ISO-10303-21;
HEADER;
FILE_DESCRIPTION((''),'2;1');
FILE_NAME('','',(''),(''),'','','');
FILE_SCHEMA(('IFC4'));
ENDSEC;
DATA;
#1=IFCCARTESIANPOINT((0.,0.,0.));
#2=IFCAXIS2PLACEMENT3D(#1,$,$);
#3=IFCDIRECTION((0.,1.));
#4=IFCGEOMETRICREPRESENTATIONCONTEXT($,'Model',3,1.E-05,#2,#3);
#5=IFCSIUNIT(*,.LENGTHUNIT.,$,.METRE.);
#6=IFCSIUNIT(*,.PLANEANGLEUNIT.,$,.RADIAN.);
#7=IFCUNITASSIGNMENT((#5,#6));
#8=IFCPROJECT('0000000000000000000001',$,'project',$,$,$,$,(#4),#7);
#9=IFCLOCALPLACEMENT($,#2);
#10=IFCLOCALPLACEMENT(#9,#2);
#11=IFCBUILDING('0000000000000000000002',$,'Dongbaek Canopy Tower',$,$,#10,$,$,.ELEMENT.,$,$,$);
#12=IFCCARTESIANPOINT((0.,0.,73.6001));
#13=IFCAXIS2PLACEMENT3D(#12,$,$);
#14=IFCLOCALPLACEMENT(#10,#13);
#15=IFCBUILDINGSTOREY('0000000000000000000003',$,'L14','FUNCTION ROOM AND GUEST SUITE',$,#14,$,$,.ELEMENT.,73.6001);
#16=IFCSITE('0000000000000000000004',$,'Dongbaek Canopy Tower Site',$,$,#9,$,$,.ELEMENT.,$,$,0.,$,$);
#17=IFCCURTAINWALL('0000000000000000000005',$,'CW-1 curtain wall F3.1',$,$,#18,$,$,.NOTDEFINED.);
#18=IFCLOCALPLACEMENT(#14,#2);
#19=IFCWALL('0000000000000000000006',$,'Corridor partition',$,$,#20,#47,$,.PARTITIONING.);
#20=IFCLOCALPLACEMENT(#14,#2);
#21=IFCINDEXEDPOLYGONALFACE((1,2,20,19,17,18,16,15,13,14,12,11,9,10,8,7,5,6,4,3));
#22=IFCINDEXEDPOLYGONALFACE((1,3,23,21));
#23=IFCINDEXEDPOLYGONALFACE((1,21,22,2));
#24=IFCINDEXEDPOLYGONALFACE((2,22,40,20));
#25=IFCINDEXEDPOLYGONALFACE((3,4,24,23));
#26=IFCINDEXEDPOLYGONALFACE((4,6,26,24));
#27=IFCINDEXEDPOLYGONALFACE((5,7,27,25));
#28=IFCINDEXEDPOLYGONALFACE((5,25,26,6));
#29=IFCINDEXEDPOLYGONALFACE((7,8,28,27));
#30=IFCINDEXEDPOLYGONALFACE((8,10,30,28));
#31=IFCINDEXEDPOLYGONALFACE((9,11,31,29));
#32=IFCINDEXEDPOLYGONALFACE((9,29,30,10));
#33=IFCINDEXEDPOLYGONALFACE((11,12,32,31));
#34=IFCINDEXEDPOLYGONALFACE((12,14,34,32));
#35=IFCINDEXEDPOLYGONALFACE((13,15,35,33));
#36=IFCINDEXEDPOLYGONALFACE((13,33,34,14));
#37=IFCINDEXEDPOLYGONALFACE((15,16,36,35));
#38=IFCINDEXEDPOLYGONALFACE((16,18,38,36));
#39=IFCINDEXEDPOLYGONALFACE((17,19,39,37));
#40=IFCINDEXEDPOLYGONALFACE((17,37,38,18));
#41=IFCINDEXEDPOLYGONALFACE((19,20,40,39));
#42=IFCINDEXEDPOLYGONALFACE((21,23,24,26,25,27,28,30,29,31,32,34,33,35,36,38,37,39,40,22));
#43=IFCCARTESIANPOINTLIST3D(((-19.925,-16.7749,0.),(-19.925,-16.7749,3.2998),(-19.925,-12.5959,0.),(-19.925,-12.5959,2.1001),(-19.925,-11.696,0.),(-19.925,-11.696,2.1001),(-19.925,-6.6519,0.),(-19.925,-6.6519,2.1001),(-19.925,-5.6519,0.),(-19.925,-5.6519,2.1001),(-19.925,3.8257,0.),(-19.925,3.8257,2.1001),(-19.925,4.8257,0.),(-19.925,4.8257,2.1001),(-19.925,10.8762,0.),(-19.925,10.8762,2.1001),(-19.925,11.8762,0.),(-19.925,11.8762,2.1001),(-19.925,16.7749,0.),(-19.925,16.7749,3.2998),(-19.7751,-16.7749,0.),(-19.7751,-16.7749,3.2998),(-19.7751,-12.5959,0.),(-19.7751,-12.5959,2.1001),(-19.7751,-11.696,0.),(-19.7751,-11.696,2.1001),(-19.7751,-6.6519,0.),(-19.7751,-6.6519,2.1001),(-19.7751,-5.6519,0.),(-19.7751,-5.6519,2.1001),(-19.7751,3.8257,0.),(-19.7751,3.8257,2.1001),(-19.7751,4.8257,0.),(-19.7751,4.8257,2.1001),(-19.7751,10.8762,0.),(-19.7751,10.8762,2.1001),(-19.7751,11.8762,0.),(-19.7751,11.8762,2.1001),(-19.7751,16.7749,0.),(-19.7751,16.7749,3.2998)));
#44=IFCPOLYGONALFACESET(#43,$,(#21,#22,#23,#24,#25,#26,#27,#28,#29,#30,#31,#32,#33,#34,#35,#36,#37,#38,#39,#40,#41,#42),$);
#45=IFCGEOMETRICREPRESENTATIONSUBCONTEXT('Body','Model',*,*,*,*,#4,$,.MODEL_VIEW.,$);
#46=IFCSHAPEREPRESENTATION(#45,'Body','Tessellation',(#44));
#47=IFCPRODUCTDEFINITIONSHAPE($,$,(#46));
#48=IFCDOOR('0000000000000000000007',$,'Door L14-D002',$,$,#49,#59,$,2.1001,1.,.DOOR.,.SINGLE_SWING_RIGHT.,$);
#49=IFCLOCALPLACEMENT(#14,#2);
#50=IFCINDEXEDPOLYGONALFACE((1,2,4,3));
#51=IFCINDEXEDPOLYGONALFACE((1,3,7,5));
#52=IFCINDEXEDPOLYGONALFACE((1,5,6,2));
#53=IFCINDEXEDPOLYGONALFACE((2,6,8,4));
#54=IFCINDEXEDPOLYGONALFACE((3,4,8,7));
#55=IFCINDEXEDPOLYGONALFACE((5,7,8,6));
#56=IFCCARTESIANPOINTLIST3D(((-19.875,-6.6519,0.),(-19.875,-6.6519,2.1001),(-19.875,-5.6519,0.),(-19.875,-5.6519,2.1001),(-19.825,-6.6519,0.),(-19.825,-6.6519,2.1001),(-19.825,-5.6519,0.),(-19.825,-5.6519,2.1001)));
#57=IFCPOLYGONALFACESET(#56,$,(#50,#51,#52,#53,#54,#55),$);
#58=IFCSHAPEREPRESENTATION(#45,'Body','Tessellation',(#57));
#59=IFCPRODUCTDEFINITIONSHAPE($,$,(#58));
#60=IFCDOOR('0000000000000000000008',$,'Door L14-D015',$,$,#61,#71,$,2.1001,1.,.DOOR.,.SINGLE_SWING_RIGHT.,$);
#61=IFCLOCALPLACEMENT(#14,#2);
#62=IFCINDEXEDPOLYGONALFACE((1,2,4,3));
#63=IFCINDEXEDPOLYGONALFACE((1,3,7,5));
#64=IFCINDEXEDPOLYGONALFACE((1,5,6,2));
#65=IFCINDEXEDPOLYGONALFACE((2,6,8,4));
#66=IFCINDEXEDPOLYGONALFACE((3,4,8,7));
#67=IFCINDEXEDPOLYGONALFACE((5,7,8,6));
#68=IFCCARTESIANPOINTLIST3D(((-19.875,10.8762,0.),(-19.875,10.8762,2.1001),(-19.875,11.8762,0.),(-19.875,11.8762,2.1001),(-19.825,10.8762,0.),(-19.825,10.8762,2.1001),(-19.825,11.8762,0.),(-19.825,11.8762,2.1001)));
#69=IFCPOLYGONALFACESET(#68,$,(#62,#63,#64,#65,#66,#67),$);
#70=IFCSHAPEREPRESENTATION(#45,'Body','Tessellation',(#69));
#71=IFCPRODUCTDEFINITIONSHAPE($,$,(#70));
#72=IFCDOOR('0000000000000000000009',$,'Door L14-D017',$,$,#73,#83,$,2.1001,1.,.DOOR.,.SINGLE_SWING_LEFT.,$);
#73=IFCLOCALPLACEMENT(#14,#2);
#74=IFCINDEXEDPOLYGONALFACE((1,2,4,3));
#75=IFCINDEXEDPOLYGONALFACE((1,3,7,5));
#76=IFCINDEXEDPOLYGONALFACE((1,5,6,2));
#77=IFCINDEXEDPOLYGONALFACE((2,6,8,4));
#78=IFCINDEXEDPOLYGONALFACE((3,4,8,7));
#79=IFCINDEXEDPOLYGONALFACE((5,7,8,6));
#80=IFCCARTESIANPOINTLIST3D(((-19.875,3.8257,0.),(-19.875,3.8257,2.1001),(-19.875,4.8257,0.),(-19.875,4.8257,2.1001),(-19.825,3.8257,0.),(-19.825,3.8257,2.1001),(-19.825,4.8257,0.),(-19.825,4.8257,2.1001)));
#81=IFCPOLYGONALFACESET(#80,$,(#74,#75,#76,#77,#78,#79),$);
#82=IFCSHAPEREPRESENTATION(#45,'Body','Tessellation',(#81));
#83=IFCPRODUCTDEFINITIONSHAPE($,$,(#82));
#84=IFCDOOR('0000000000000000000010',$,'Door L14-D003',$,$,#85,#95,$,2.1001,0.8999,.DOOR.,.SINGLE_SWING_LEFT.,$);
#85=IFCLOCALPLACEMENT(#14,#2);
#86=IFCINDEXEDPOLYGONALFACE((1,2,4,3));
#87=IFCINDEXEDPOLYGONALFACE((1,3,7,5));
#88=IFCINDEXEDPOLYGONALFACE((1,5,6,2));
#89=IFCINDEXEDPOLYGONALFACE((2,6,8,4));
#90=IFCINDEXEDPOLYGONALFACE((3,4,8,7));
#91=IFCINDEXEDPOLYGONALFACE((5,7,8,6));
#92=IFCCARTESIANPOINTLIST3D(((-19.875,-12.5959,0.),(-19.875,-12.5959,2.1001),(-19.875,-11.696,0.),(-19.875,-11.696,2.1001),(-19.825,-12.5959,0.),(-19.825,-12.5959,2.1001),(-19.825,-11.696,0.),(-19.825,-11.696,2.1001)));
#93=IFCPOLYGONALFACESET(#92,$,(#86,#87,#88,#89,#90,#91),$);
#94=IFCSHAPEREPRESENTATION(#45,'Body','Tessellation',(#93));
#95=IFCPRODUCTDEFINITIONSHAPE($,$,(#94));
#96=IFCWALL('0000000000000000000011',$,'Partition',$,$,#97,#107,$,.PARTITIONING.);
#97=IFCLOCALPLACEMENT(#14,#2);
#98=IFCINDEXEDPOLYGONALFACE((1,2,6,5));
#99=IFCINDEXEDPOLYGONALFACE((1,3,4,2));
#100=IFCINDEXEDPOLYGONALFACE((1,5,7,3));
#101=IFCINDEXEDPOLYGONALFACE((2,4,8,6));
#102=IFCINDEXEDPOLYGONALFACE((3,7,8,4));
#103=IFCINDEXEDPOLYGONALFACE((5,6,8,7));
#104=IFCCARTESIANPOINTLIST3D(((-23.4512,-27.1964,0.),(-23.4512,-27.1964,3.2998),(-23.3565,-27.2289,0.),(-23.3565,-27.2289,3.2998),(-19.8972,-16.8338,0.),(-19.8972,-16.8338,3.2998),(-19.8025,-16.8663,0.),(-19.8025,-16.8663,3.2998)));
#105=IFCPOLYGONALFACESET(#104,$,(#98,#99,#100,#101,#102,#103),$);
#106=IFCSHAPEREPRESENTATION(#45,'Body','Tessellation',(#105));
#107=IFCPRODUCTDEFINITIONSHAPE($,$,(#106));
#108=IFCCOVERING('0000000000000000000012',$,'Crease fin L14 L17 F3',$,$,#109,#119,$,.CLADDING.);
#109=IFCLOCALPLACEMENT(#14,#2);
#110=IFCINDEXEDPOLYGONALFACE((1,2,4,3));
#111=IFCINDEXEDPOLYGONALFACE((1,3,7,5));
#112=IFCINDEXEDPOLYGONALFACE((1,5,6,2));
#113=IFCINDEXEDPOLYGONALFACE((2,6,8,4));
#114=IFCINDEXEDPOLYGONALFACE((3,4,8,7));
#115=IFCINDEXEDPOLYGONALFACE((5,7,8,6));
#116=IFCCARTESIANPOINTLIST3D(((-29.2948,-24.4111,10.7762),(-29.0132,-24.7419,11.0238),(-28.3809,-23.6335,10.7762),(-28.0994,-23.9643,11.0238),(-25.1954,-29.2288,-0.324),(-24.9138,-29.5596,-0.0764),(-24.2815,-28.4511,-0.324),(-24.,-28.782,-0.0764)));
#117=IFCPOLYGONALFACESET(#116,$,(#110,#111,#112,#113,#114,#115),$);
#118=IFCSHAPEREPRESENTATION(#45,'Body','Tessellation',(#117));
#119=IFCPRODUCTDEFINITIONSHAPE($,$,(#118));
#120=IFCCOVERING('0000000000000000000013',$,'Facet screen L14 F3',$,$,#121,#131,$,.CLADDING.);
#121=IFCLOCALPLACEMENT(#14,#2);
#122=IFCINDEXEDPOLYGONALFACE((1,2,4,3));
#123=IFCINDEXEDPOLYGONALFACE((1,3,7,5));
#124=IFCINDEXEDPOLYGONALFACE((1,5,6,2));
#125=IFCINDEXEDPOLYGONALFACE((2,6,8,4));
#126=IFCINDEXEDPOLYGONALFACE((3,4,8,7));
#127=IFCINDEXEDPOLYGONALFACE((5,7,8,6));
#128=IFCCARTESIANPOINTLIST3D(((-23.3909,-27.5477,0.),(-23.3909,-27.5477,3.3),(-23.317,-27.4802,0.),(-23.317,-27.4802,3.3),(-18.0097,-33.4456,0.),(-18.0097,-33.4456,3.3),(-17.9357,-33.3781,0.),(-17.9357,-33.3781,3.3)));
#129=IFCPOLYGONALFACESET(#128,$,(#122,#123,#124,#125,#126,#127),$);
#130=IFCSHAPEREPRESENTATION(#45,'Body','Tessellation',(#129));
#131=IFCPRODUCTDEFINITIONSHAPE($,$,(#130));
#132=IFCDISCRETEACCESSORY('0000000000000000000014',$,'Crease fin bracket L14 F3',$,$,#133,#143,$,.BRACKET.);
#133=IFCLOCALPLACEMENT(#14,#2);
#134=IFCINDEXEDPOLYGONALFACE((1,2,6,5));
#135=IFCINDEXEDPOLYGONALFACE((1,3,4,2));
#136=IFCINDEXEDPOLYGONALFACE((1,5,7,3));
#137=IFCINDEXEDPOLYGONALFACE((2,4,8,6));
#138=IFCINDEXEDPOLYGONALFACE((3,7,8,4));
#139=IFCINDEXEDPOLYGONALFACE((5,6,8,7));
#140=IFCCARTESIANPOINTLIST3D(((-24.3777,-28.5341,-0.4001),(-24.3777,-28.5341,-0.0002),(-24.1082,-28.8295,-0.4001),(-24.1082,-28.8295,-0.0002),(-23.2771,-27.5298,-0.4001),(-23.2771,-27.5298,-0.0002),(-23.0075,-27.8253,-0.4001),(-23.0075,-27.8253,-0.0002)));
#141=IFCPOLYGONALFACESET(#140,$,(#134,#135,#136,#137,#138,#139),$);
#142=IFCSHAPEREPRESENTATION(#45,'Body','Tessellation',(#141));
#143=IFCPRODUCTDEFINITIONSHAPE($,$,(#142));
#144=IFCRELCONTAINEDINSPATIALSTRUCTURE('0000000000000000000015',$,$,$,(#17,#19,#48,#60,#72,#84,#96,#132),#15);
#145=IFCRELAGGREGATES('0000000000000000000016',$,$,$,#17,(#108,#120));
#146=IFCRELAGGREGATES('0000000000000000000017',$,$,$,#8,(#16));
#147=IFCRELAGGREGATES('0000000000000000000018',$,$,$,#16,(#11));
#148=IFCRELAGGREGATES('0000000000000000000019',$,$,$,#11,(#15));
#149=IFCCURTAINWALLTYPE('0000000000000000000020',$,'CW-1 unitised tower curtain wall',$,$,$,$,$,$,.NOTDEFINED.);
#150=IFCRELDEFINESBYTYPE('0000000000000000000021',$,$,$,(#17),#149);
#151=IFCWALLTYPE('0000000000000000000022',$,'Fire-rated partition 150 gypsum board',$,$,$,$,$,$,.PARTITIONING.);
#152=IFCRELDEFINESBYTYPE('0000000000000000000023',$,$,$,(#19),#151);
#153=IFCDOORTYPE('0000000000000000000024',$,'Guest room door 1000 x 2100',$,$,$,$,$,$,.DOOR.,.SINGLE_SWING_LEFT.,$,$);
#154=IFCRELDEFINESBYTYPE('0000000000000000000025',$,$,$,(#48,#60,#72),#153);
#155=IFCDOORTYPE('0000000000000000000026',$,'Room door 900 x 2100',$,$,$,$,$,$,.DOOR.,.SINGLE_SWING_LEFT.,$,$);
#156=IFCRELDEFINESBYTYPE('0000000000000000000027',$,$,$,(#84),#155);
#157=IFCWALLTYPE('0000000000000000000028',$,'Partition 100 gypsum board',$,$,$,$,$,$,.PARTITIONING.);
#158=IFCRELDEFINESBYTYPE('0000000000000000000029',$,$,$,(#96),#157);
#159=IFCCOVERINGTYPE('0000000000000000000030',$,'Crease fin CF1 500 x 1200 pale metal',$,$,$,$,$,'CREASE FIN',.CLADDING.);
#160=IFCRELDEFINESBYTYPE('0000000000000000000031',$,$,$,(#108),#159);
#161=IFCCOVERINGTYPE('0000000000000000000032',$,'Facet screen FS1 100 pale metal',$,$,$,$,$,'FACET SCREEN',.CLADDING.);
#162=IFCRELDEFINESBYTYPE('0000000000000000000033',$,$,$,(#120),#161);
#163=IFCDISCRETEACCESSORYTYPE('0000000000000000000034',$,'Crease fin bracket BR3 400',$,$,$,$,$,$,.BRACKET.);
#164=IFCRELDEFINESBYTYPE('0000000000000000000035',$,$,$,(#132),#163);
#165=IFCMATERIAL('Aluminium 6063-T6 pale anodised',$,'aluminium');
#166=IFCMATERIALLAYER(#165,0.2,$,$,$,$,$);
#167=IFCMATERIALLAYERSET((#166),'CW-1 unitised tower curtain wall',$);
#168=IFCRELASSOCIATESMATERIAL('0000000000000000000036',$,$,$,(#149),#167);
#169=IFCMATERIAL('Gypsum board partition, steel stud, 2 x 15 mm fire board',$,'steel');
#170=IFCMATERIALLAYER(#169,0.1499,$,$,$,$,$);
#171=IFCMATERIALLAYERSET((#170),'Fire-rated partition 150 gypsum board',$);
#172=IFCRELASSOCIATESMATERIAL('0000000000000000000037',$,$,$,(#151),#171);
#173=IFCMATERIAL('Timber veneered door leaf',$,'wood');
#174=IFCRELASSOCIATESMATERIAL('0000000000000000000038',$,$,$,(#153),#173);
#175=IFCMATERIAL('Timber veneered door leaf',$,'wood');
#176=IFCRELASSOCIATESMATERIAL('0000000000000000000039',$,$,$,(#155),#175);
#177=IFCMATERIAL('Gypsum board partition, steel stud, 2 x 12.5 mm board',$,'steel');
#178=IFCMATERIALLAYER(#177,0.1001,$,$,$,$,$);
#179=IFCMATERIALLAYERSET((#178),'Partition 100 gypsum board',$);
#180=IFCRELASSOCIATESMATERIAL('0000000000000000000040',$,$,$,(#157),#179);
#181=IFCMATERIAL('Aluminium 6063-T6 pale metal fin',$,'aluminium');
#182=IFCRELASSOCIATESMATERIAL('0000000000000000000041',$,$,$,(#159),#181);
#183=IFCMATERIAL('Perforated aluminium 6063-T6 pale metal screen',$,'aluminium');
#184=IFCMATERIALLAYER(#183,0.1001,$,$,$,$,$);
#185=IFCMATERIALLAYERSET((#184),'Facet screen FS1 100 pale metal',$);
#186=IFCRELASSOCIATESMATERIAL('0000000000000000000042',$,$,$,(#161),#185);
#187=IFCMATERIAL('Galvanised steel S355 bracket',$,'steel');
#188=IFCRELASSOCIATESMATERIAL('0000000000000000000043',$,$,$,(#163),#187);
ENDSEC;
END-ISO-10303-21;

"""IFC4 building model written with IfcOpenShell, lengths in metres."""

from ifc_helpers import new_model, si_unit, direction, frame, frame_2d, origin, origin_2d, place, context, subcontext, project, spatial, rectangle, extrude, material, layer, layer_set, material_profile, profile_set, type_object, element, fill, aggregate, save


model = new_model("IFC4")

# Units and contexts
model_context = context("Model", 3, precision=1e-05, world=origin(), true_north=direction((0.0, 1.0)))
body_context = subcontext(model_context, "Body", "Model", "MODEL_VIEW")
ifc_project = project(units=[si_unit("LENGTHUNIT", "METRE"), si_unit("PLANEANGLEUNIT", "RADIAN")], contexts=[model_context])

# Site, building, storey
site_placement = place(None, origin())
site = spatial("IfcSite", under=ifc_project, at=site_placement, Name="Dongbaek Canopy Tower Site", CompositionType="ELEMENT", RefElevation=0.0)
building_placement = place(site_placement, origin())
building = spatial("IfcBuilding", under=site, at=building_placement, Name="Dongbaek Canopy Tower", CompositionType="ELEMENT")
storey_placement = place(building_placement, frame((0.0, 0.0, 73.6001)))
storey = spatial("IfcBuildingStorey", under=building, at=storey_placement, Name="L14", Description="FUNCTION ROOM AND GUEST SUITE", CompositionType="ELEMENT", Elevation=73.6001)

# Curtain wall
ifc_material_1 = material(Name="Aluminium 6063-T6 pale anodised", Category="aluminium")
ifc_layer_1 = layer(ifc_material_1, 0.2)
ifc_layer_set_1 = layer_set([ifc_layer_1], Name="CW-1 unitised tower curtain wall")
curtain_wall_type = type_object("IfcCurtainWallType", Name="CW-1 unitised tower curtain wall", PredefinedType="NOTDEFINED", material=ifc_layer_set_1)
curtain_wall_placement = place(storey_placement, origin())
curtain_wall = element("IfcCurtainWall", 1, at=curtain_wall_placement, inside=storey, type_object=curtain_wall_type, Name="CW-1 curtain wall F3.1", PredefinedType="NOTDEFINED")

# Wall, openings, doors
ifc_material_2 = material(Name="Gypsum board partition, steel stud, 2 x 15 mm fire board", Category="steel")
ifc_layer_2 = layer(ifc_material_2, 0.1499)
ifc_layer_set_2 = layer_set([ifc_layer_2], Name="Fire-rated partition 150 gypsum board")
wall_type_1 = type_object("IfcWallType", Name="Fire-rated partition 150 gypsum board", PredefinedType="PARTITIONING", material=ifc_layer_set_2)
wall_1_placement = place(storey_placement, frame((-19.8501, -16.7749, 0.0), z_axis=(0.0, 0.0, 1.0), x_axis=(0.0, 1.0, 0.0)))
wall_1 = element("IfcWall", 2, at=wall_1_placement, inside=storey, type_object=wall_type_1, Name="Corridor partition", PredefinedType="PARTITIONING", context=body_context, shape_type="SweptSolid", body=[
    extrude(rectangle(XDim=33.5498, YDim=0.1499, at=frame_2d((16.7749, 0.0))), origin(), (0.0, 0.0, 1.0), 3.2998),
])
opening_1_placement = place(wall_1_placement, frame((10.123, 0.0, 0.0)))
opening_1 = element("IfcOpeningElement", 3, at=opening_1_placement, cuts=wall_1, PredefinedType="OPENING", context=body_context, shape_type="SweptSolid", body=[
    extrude(rectangle(XDim=1.0, YDim=2.1001, at=frame_2d((0.5, 1.05))), frame((0.0, 0.085, 0.0), z_axis=(0.0, -1.0, 0.0), x_axis=(1.0, 0.0, 0.0)), (0.0, 0.0, 1.0), 0.1699),
])
opening_2_placement = place(wall_1_placement, frame((4.179, 0.0, 0.0)))
opening_2 = element("IfcOpeningElement", 4, at=opening_2_placement, cuts=wall_1, PredefinedType="OPENING", context=body_context, shape_type="SweptSolid", body=[
    extrude(rectangle(XDim=0.8999, YDim=2.1001, at=frame_2d((0.45, 1.05))), frame((0.0, 0.085, 0.0), z_axis=(0.0, -1.0, 0.0), x_axis=(1.0, 0.0, 0.0)), (0.0, 0.0, 1.0), 0.1699),
])
opening_3_placement = place(wall_1_placement, frame((27.6511, 0.0, 0.0)))
opening_3 = element("IfcOpeningElement", 5, at=opening_3_placement, cuts=wall_1, PredefinedType="OPENING", context=body_context, shape_type="SweptSolid", body=[
    extrude(rectangle(XDim=1.0, YDim=2.1001, at=frame_2d((0.5, 1.05))), frame((0.0, 0.085, 0.0), z_axis=(0.0, -1.0, 0.0), x_axis=(1.0, 0.0, 0.0)), (0.0, 0.0, 1.0), 0.1699),
])
opening_4_placement = place(wall_1_placement, frame((20.6006, 0.0, 0.0)))
opening_4 = element("IfcOpeningElement", 6, at=opening_4_placement, cuts=wall_1, PredefinedType="OPENING", context=body_context, shape_type="SweptSolid", body=[
    extrude(rectangle(XDim=1.0, YDim=2.1001, at=frame_2d((0.5, 1.05))), frame((0.0, 0.085, 0.0), z_axis=(0.0, -1.0, 0.0), x_axis=(1.0, 0.0, 0.0)), (0.0, 0.0, 1.0), 0.1699),
])
ifc_material_3 = material(Name="Timber veneered door leaf", Category="wood")
door_type_1 = type_object("IfcDoorType", Name="Guest room door 1000 x 2100", OperationType="SINGLE_SWING_LEFT", PredefinedType="DOOR", material=ifc_material_3)
door_1_placement = place(opening_1_placement, origin())
door_1 = element("IfcDoor", 7, at=door_1_placement, inside=storey, type_object=door_type_1, Name="Door L14-D002", OperationType="SINGLE_SWING_RIGHT", OverallHeight=2.1001, OverallWidth=1.0, PredefinedType="DOOR", context=body_context, shape_type="SweptSolid", body=[
    extrude(rectangle(XDim=1.0, YDim=2.1001, at=frame_2d((0.5, 1.05))), frame((0.0, 0.0249, 0.0), z_axis=(0.0, -1.0, 0.0), x_axis=(1.0, 0.0, 0.0)), (0.0, 0.0, 1.0), 0.05),
])
fill(opening_1, door_1)
door_2_placement = place(opening_3_placement, origin())
door_2 = element("IfcDoor", 8, at=door_2_placement, inside=storey, type_object=door_type_1, Name="Door L14-D015", OperationType="SINGLE_SWING_RIGHT", OverallHeight=2.1001, OverallWidth=1.0, PredefinedType="DOOR", context=body_context, shape_type="SweptSolid", body=[
    extrude(rectangle(XDim=1.0, YDim=2.1001, at=frame_2d((0.5, 1.05))), frame((0.0, 0.0249, 0.0), z_axis=(0.0, -1.0, 0.0), x_axis=(1.0, 0.0, 0.0)), (0.0, 0.0, 1.0), 0.05),
])
fill(opening_3, door_2)
door_3_placement = place(opening_4_placement, origin())
door_3 = element("IfcDoor", 9, at=door_3_placement, inside=storey, type_object=door_type_1, Name="Door L14-D017", OperationType="SINGLE_SWING_LEFT", OverallHeight=2.1001, OverallWidth=1.0, PredefinedType="DOOR", context=body_context, shape_type="SweptSolid", body=[
    extrude(rectangle(XDim=1.0, YDim=2.1001, at=frame_2d((0.5, 1.05))), frame((0.0, 0.0249, 0.0), z_axis=(0.0, -1.0, 0.0), x_axis=(1.0, 0.0, 0.0)), (0.0, 0.0, 1.0), 0.05),
])
fill(opening_4, door_3)
ifc_material_4 = material(Name="Timber veneered door leaf", Category="wood")
door_type_2 = type_object("IfcDoorType", Name="Room door 900 x 2100", OperationType="SINGLE_SWING_LEFT", PredefinedType="DOOR", material=ifc_material_4)
door_4_placement = place(opening_2_placement, origin())
door_4 = element("IfcDoor", 10, at=door_4_placement, inside=storey, type_object=door_type_2, Name="Door L14-D003", OperationType="SINGLE_SWING_LEFT", OverallHeight=2.1001, OverallWidth=0.8999, PredefinedType="DOOR", context=body_context, shape_type="SweptSolid", body=[
    extrude(rectangle(XDim=0.8999, YDim=2.1001, at=frame_2d((0.45, 1.05))), frame((0.0, 0.0249, 0.0), z_axis=(0.0, -1.0, 0.0), x_axis=(1.0, 0.0, 0.0)), (0.0, 0.0, 1.0), 0.05),
])
fill(opening_2, door_4)

# Wall
ifc_material_5 = material(Name="Gypsum board partition, steel stud, 2 x 12.5 mm board", Category="steel")
ifc_layer_3 = layer(ifc_material_5, 0.1001)
ifc_layer_set_3 = layer_set([ifc_layer_3], Name="Partition 100 gypsum board")
wall_type_2 = type_object("IfcWallType", Name="Partition 100 gypsum board", PredefinedType="PARTITIONING", material=ifc_layer_set_3)
wall_2_placement = place(storey_placement, frame((-23.4038, -27.2126, 0.0), z_axis=(0.0, 0.0, 1.0), x_axis=(0.324413, 0.945916, 0.0)))
element("IfcWall", 11, at=wall_2_placement, inside=storey, type_object=wall_type_2, Name="Partition", PredefinedType="PARTITIONING", context=body_context, shape_type="SweptSolid", body=[
    extrude(rectangle(XDim=10.9551, YDim=0.1001, at=frame_2d((5.4775, 0.0))), origin(), (0.0, 0.0, 1.0), 3.2998),
])

# Coverings
ifc_material_6 = material(Name="Aluminium 6063-T6 pale metal fin", Category="aluminium")
ifc_material_profile_1 = material_profile(ifc_material_6, rectangle(XDim=1.2, YDim=0.5, at=origin_2d()), Name="Crease fin CF1 500 x 1200 pale metal")
ifc_profile_set_1 = profile_set([ifc_material_profile_1], Name="Aluminium 6063-T6 pale metal fin")
covering_type_1 = type_object("IfcCoveringType", Name="Crease fin CF1 500 x 1200 pale metal", ElementType="CREASE FIN", PredefinedType="CLADDING", material=ifc_profile_set_1)
covering_1_placement = place(storey_placement, frame((-24.5977, -29.0054, -0.2002), z_axis=(-0.320864, 0.377084, 0.868823), x_axis=(-0.761597, -0.648051, 0.0)))
covering_1 = element("IfcCovering", 12, at=covering_1_placement, type_object=covering_type_1, Name="Crease fin L14 L17 F3", PredefinedType="CLADDING", context=body_context, shape_type="SweptSolid", body=[
    extrude(rectangle(XDim=1.2, YDim=0.5, at=origin_2d()), origin(), (0.0, 0.0, 1.0), 12.7761),
])
ifc_material_7 = material(Name="Perforated aluminium 6063-T6 pale metal screen", Category="aluminium")
ifc_layer_4 = layer(ifc_material_7, 0.1001)
ifc_layer_set_4 = layer_set([ifc_layer_4], Name="Facet screen FS1 100 pale metal")
covering_type_2 = type_object("IfcCoveringType", Name="Facet screen FS1 100 pale metal", ElementType="FACET SCREEN", PredefinedType="CLADDING", material=ifc_layer_set_4)
covering_2_placement = place(storey_placement, frame((-20.6633, -30.4629, 0.0), z_axis=(0.0, 0.0, 1.0), x_axis=(0.674012, -0.73872, 0.0)))
covering_2 = element("IfcCovering", 13, at=covering_2_placement, type_object=covering_type_2, Name="Facet screen L14 F3", PredefinedType="CLADDING", context=body_context, shape_type="SweptSolid", body=[
    extrude(rectangle(XDim=7.9839, YDim=0.1001, at=origin_2d()), origin(), (0.0, 0.0, 1.0), 3.3),
])
aggregate(curtain_wall, [covering_1, covering_2])

# Discrete accessory
ifc_material_8 = material(Name="Galvanised steel S355 bracket", Category="steel")
discrete_accessory_type = type_object("IfcDiscreteAccessoryType", Name="Crease fin bracket BR3 400", PredefinedType="BRACKET", material=ifc_material_8)
discrete_accessory_placement = place(storey_placement, frame((-23.6926, -28.1797, -0.4001), z_axis=(0.0, 0.0, 1.0), x_axis=(-0.73872, -0.674012, 0.0)))
element("IfcDiscreteAccessory", 14, at=discrete_accessory_placement, inside=storey, type_object=discrete_accessory_type, Name="Crease fin bracket L14 F3", PredefinedType="BRACKET", context=body_context, shape_type="SweptSolid", body=[
    extrude(rectangle(XDim=1.49, YDim=0.3999, at=origin_2d()), origin(), (0.0, 0.0, 1.0), 0.3999),
])

save(model, "model.ifc")
